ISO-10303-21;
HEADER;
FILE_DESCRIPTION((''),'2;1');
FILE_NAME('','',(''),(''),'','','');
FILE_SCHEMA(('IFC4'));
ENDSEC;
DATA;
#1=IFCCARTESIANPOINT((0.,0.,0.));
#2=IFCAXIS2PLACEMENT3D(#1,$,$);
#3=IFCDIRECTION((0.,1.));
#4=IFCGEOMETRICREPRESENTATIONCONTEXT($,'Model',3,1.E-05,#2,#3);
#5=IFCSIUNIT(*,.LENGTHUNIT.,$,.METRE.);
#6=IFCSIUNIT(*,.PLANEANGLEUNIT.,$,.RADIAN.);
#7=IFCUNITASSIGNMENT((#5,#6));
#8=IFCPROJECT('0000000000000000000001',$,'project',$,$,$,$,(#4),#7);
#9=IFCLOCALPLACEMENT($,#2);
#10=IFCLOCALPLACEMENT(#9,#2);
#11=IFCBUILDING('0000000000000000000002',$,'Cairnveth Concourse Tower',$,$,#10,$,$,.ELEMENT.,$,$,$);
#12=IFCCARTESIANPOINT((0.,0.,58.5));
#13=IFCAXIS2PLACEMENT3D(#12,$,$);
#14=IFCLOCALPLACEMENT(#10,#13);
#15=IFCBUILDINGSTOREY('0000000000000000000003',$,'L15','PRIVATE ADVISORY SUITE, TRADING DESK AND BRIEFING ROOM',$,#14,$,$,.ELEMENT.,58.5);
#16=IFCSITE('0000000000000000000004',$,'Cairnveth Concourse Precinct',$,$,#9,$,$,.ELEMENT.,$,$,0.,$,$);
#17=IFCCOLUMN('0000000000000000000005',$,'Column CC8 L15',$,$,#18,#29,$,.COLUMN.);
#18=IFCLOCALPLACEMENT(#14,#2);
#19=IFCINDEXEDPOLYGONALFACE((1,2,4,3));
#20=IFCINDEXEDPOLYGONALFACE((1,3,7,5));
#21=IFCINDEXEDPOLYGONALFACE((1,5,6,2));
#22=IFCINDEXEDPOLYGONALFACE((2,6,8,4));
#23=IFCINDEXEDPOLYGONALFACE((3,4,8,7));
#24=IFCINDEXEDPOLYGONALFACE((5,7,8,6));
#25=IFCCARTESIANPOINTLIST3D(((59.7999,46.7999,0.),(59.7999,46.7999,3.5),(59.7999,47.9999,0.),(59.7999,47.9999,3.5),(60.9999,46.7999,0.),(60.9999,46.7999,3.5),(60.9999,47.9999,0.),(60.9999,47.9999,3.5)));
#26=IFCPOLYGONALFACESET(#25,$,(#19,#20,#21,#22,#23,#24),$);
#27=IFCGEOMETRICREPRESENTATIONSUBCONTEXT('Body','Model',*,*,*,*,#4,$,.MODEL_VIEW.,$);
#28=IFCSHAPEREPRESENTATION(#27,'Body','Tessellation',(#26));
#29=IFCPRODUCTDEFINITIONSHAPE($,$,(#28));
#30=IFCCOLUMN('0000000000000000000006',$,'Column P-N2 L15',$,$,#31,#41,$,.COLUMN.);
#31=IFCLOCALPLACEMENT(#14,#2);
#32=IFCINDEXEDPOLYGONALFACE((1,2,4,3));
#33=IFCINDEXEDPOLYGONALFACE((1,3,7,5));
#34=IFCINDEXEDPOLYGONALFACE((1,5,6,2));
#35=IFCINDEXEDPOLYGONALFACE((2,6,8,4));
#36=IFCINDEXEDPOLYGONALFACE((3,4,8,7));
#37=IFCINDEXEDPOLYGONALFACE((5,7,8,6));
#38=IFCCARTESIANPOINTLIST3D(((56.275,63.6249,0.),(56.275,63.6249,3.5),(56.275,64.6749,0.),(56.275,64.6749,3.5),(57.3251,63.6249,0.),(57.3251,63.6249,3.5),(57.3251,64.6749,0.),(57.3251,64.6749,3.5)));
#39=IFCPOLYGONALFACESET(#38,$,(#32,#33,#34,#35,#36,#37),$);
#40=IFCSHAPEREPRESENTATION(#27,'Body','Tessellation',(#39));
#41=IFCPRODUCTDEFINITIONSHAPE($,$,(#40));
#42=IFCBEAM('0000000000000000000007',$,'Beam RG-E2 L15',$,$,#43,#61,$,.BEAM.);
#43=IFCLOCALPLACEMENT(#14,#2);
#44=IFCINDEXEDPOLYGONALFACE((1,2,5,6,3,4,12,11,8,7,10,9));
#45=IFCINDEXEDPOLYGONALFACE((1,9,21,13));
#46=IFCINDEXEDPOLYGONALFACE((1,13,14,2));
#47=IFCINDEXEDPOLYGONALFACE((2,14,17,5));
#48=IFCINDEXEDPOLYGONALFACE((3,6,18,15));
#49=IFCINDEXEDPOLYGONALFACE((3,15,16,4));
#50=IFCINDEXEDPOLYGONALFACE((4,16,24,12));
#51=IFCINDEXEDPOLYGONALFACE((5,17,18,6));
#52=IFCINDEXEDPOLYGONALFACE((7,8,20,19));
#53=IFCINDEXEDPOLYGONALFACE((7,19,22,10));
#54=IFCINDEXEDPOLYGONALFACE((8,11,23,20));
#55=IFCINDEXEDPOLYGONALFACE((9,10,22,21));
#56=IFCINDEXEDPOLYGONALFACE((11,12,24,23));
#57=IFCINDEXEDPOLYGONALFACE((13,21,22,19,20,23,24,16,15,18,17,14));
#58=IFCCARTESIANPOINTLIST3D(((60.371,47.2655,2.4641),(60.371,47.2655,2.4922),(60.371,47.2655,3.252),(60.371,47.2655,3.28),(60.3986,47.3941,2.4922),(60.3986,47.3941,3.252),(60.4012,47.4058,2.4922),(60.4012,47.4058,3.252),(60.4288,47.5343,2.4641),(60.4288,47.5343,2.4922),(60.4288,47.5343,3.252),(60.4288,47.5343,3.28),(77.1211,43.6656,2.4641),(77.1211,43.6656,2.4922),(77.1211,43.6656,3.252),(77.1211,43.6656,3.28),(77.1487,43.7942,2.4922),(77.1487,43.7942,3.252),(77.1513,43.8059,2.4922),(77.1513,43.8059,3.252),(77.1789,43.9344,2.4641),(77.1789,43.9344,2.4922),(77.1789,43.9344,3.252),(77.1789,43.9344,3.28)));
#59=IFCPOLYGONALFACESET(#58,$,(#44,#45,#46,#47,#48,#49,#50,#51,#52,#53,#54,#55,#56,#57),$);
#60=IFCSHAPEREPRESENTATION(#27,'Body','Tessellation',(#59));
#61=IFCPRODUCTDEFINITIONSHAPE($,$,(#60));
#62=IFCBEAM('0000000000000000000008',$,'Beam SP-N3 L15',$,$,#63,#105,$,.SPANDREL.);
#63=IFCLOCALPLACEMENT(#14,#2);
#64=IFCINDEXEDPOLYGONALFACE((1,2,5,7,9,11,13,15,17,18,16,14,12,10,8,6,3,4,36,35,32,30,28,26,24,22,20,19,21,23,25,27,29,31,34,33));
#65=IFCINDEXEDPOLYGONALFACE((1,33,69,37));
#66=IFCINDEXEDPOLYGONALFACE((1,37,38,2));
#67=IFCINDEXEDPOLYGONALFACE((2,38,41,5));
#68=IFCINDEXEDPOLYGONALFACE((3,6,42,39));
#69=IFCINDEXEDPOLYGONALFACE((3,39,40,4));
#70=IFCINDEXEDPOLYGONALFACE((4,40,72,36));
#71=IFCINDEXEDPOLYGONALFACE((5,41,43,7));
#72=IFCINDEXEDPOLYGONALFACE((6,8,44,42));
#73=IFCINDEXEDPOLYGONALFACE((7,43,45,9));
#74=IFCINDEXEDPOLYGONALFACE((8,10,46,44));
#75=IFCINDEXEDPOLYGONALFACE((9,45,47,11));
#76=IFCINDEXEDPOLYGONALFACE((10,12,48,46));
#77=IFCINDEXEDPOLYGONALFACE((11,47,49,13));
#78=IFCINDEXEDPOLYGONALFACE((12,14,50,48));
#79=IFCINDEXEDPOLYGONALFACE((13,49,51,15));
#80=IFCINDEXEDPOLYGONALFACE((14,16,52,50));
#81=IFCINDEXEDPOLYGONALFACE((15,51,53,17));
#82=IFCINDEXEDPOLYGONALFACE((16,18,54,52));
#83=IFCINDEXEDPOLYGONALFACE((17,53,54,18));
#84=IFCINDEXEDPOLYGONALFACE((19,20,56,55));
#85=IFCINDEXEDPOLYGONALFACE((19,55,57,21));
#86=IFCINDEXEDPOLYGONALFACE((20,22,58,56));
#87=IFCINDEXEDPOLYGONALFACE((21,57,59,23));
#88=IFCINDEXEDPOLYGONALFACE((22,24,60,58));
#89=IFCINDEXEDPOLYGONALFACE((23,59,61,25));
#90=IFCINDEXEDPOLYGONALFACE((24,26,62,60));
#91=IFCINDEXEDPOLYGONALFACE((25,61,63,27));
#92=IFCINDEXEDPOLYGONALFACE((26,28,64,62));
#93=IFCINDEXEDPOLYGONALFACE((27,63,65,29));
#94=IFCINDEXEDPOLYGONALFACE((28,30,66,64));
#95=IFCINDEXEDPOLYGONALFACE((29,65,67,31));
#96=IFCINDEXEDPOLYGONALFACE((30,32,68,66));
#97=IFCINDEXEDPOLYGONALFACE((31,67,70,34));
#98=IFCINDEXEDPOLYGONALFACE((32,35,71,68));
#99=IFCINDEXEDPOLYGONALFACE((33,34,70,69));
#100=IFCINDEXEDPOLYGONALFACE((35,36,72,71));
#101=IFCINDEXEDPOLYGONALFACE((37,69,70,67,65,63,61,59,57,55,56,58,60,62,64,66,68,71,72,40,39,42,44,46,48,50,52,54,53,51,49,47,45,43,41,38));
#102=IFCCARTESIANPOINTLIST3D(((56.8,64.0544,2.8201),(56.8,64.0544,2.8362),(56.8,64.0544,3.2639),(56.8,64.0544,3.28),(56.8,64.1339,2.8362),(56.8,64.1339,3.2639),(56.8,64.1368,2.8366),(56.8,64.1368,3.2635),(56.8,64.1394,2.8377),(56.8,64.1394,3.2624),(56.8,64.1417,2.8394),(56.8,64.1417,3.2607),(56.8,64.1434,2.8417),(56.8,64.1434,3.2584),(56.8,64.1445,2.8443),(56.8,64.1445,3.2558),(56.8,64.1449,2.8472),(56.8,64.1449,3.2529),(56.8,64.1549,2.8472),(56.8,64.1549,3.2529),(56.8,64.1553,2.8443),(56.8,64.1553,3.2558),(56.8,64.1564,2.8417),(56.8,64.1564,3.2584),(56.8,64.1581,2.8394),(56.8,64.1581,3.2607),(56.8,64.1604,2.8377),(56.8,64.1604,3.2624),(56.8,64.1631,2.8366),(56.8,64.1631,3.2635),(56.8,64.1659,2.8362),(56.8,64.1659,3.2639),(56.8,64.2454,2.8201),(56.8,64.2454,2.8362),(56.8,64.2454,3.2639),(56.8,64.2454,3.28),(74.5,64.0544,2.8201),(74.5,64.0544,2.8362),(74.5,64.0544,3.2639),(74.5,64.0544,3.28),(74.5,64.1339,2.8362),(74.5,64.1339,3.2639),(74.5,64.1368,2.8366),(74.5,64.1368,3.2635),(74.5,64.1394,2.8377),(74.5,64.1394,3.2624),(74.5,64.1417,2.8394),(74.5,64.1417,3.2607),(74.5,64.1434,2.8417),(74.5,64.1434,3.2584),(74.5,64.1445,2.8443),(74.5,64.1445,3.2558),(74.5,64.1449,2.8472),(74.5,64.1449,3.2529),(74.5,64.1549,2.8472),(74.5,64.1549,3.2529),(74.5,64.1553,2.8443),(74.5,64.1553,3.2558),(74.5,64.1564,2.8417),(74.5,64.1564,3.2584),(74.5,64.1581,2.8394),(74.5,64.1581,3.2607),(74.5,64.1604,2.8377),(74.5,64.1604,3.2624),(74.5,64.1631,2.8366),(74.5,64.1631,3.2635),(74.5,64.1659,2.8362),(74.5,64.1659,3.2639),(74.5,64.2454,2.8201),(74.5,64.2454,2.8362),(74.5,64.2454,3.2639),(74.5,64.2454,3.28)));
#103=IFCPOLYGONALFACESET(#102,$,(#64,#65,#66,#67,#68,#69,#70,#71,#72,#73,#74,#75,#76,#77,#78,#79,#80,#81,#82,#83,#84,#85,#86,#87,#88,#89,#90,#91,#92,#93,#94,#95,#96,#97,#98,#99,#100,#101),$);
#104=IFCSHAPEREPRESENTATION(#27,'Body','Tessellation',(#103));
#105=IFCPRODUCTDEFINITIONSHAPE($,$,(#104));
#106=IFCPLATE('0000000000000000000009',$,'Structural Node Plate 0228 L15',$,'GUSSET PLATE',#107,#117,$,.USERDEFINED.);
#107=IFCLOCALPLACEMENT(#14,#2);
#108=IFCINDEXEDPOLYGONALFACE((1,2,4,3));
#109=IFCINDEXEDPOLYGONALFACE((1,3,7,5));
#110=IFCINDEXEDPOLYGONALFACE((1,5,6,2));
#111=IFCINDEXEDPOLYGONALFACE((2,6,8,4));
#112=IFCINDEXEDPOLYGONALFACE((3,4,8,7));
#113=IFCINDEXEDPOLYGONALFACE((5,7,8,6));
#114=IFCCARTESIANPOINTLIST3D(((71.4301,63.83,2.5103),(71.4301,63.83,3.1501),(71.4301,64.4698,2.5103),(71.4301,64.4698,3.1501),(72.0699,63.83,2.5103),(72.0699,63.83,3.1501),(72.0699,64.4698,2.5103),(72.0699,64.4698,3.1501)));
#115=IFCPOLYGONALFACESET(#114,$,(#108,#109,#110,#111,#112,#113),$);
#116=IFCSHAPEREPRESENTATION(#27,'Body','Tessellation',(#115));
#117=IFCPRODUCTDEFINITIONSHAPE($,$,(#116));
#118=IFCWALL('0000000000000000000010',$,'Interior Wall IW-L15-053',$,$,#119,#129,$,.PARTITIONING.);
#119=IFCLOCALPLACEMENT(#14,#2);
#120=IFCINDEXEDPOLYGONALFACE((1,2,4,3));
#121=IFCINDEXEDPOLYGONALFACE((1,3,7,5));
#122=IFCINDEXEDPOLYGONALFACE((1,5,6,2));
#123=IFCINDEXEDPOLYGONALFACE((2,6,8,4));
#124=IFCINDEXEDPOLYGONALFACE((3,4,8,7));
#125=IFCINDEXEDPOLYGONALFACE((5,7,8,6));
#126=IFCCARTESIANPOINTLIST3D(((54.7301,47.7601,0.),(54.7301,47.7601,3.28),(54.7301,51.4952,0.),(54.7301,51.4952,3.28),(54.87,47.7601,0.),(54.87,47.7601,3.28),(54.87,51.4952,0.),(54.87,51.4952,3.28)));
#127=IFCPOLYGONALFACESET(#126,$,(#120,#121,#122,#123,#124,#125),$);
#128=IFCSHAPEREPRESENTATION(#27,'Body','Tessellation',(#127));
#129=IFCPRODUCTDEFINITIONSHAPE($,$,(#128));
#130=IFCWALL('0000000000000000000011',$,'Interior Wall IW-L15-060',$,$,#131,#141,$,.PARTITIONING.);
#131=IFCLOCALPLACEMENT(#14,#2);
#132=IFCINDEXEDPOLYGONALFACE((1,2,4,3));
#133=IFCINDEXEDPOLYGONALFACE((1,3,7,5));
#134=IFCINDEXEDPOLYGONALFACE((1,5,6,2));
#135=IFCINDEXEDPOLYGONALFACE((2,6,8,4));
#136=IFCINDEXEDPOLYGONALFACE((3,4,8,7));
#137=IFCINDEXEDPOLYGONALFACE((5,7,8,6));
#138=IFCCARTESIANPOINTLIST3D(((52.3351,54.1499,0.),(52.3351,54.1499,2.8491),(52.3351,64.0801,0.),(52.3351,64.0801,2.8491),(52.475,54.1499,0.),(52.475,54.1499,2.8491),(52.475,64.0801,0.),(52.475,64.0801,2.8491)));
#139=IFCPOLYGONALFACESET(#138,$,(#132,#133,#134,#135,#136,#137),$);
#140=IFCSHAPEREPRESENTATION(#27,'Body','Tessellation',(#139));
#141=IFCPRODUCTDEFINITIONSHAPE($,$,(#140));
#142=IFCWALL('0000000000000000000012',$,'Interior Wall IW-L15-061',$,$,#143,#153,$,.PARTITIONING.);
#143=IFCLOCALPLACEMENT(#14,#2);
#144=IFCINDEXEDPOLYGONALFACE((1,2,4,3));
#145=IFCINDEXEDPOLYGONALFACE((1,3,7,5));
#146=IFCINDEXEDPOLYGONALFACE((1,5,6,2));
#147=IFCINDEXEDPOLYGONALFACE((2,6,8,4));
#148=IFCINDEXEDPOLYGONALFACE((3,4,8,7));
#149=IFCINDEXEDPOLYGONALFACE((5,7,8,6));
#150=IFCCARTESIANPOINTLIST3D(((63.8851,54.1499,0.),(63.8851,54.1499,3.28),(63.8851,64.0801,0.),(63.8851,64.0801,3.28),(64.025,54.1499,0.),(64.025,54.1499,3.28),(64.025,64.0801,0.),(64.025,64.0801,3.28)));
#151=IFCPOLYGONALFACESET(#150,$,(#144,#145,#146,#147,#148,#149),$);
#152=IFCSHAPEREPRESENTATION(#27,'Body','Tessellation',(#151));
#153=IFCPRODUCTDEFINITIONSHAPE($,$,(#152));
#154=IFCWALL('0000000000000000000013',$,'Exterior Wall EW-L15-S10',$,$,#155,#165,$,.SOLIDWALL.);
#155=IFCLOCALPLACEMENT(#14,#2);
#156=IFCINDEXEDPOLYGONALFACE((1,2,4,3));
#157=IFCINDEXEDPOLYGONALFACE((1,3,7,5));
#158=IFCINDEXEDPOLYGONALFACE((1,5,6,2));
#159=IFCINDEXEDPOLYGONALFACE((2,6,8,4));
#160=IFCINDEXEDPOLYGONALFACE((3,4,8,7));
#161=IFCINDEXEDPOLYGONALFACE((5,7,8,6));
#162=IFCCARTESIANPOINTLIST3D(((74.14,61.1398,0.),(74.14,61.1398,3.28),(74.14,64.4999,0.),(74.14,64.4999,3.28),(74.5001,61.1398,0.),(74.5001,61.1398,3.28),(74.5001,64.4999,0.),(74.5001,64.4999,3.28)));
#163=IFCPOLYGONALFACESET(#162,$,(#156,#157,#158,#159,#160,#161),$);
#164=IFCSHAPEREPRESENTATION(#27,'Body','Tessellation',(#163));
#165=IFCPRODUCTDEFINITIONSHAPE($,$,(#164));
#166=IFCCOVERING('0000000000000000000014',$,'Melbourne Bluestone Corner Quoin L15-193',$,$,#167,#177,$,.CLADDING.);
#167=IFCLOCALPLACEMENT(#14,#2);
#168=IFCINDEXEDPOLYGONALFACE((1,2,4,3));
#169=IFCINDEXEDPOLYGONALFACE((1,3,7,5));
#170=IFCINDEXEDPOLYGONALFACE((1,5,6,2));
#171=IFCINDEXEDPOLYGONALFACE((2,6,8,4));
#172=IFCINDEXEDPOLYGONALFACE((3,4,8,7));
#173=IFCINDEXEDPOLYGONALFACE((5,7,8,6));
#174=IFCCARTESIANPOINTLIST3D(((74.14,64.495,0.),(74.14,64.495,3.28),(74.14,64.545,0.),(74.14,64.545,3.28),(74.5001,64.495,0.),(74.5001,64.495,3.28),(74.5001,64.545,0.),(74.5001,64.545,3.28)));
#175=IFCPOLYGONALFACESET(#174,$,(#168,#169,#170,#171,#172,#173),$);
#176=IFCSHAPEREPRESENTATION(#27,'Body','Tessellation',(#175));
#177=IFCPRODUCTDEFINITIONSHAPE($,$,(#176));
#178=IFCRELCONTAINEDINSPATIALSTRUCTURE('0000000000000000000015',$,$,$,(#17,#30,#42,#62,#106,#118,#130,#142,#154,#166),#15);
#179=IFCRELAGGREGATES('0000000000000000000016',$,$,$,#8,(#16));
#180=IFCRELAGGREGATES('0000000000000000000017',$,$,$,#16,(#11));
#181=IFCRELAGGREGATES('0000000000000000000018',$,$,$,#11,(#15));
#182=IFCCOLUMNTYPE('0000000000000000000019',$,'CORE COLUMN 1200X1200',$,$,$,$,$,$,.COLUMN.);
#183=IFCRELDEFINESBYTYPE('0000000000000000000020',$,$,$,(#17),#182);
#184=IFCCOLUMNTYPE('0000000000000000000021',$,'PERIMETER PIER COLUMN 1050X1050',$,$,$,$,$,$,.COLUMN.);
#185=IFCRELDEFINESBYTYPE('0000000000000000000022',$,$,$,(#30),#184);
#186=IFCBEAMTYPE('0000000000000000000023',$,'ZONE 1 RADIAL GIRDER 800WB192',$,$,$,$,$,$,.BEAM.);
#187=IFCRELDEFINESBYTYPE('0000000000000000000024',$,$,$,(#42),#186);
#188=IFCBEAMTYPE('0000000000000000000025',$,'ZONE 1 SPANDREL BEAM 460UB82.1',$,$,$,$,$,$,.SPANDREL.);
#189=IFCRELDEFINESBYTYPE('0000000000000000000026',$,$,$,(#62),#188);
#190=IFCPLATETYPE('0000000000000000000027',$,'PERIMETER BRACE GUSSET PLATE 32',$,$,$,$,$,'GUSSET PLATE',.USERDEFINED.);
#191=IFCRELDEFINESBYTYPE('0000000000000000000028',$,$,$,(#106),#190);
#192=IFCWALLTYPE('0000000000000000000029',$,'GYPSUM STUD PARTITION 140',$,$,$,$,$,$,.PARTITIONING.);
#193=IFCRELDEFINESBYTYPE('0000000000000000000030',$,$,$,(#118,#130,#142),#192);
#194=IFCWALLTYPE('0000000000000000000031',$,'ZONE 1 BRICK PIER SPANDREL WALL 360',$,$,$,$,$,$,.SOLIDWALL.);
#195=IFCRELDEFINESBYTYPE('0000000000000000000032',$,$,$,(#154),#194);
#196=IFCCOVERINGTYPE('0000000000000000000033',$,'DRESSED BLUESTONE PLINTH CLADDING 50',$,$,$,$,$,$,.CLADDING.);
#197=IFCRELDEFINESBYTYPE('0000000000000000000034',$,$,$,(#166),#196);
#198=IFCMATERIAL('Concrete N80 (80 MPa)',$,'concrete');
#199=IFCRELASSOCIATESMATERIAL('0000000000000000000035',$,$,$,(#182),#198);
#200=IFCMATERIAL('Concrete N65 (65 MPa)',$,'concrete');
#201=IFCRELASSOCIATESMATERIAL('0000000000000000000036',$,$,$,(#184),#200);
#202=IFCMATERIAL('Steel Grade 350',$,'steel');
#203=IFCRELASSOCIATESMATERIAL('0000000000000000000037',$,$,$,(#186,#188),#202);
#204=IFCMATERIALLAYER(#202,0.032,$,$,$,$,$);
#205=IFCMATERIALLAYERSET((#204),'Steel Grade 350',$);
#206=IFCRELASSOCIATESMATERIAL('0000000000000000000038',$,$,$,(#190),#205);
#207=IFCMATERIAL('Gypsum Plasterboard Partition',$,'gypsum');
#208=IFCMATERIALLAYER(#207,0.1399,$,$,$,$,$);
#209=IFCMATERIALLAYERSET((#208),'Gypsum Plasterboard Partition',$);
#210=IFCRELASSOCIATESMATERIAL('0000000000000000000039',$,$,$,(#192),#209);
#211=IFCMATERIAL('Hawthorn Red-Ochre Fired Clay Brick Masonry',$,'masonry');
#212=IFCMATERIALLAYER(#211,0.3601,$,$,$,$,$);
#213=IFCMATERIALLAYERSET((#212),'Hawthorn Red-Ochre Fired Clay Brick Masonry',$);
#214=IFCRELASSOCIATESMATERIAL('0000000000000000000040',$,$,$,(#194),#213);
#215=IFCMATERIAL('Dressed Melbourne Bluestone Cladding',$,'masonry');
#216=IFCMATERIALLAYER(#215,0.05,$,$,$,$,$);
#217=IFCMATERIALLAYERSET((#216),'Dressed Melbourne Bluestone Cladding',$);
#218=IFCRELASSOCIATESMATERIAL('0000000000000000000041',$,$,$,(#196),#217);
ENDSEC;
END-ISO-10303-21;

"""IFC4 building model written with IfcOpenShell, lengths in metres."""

from ifc_helpers import new_model, si_unit, direction, frame, frame_2d, origin, origin_2d, place, context, subcontext, project, spatial, rectangle, i_section, extrude, material, layer, layer_set, material_profile, profile_set, type_object, element, save


model = new_model("IFC4")

# Units and contexts
model_context = context("Model", 3, precision=1e-05, world=origin(), true_north=direction((0.0, 1.0)))
body_context = subcontext(model_context, "Body", "Model", "MODEL_VIEW")
ifc_project = project(units=[si_unit("LENGTHUNIT", "METRE"), si_unit("PLANEANGLEUNIT", "RADIAN")], contexts=[model_context])

# Site, building, storey
site_placement = place(None, origin())
site = spatial("IfcSite", under=ifc_project, at=site_placement, Name="Cairnveth Concourse Precinct", CompositionType="ELEMENT", RefElevation=0.0)
building_placement = place(site_placement, origin())
building = spatial("IfcBuilding", under=site, at=building_placement, Name="Cairnveth Concourse Tower", CompositionType="ELEMENT")
storey_placement = place(building_placement, frame((0.0, 0.0, 58.5)))
storey = spatial("IfcBuildingStorey", under=building, at=storey_placement, Name="L15", Description="PRIVATE ADVISORY SUITE, TRADING DESK AND BRIEFING ROOM", CompositionType="ELEMENT", Elevation=58.5)

# Columns
ifc_material_1 = material(Name="Concrete N80 (80 MPa)", Category="concrete")
ifc_material_profile_1 = material_profile(ifc_material_1, rectangle(XDim=1.2, YDim=1.2, at=origin_2d()), Name="RC-COL-1200x1200")
ifc_profile_set_1 = profile_set([ifc_material_profile_1], Name="Concrete N80 (80 MPa)")
column_type_1 = type_object("IfcColumnType", Name="CORE COLUMN 1200X1200", PredefinedType="COLUMN", material=ifc_profile_set_1)
column_1_placement = place(storey_placement, frame((60.3999, 47.3999, 0.0), z_axis=(0.0, 0.0, 1.0), x_axis=(1.0, 0.0, 0.0)))
element("IfcColumn", 1, at=column_1_placement, inside=storey, type_object=column_type_1, Name="Column CC8 L15", PredefinedType="COLUMN", context=body_context, shape_type="SweptSolid", body=[
    extrude(rectangle(XDim=1.2, YDim=1.2, at=origin_2d()), origin(), (0.0, 0.0, 1.0), 3.5),
])
ifc_material_2 = material(Name="Concrete N65 (65 MPa)", Category="concrete")
ifc_material_profile_2 = material_profile(ifc_material_2, rectangle(XDim=1.05, YDim=1.05, at=origin_2d()), Name="RC-COL-1050x1050")
ifc_profile_set_2 = profile_set([ifc_material_profile_2], Name="Concrete N65 (65 MPa)")
column_type_2 = type_object("IfcColumnType", Name="PERIMETER PIER COLUMN 1050X1050", PredefinedType="COLUMN", material=ifc_profile_set_2)
column_2_placement = place(storey_placement, frame((56.8, 64.1499, 0.0), z_axis=(0.0, 0.0, 1.0), x_axis=(1.0, 0.0, 0.0)))
element("IfcColumn", 2, at=column_2_placement, inside=storey, type_object=column_type_2, Name="Column P-N2 L15", PredefinedType="COLUMN", context=body_context, shape_type="SweptSolid", body=[
    extrude(rectangle(XDim=1.05, YDim=1.05, at=origin_2d()), origin(), (0.0, 0.0, 1.0), 3.5),
])

# Beams
ifc_material_3 = material(Name="Steel Grade 350", Category="steel")
ifc_material_profile_3 = material_profile(ifc_material_3, i_section(OverallWidth=0.2749, OverallDepth=0.8159, WebThickness=0.012, FlangeThickness=0.0281, at=origin_2d()), Name="800WB192")
ifc_profile_set_3 = profile_set([ifc_material_profile_3], Name="Steel Grade 350")
beam_type_1 = type_object("IfcBeamType", Name="ZONE 1 RADIAL GIRDER 800WB192", PredefinedType="BEAM", material=ifc_profile_set_3)
beam_1_placement = place(storey_placement, frame((60.3999, 47.3999, 2.8721), z_axis=(0.977676, -0.210119, 0.0), x_axis=(0.210119, 0.977676, 0.0)))
element("IfcBeam", 3, at=beam_1_placement, inside=storey, type_object=beam_type_1, Name="Beam RG-E2 L15", PredefinedType="BEAM", context=body_context, shape_type="SweptSolid", body=[
    extrude(i_section(OverallWidth=0.2749, OverallDepth=0.8159, WebThickness=0.012, FlangeThickness=0.0281, at=origin_2d()), origin(), (0.0, 0.0, 1.0), 17.1326),
])
ifc_material_profile_4 = material_profile(ifc_material_3, i_section(OverallWidth=0.1909, OverallDepth=0.46, WebThickness=0.01, FlangeThickness=0.0161, FilletRadius=0.011, at=origin_2d()), Name="460UB82.1")
ifc_profile_set_4 = profile_set([ifc_material_profile_4], Name="Steel Grade 350")
beam_type_2 = type_object("IfcBeamType", Name="ZONE 1 SPANDREL BEAM 460UB82.1", PredefinedType="SPANDREL", material=ifc_profile_set_4)
beam_2_placement = place(storey_placement, frame((56.8, 64.1499, 3.05), z_axis=(1.0, 0.0, 0.0), x_axis=(0.0, 1.0, 0.0)))
element("IfcBeam", 4, at=beam_2_placement, inside=storey, type_object=beam_type_2, Name="Beam SP-N3 L15", PredefinedType="SPANDREL", context=body_context, shape_type="SweptSolid", body=[
    extrude(i_section(OverallWidth=0.1909, OverallDepth=0.46, WebThickness=0.01, FlangeThickness=0.0161, FilletRadius=0.011, at=origin_2d()), origin(), (0.0, 0.0, 1.0), 17.7),
])

# Plate
ifc_layer_1 = layer(ifc_material_3, 0.032)
ifc_layer_set_1 = layer_set([ifc_layer_1], Name="Steel Grade 350")
plate_type = type_object("IfcPlateType", Name="PERIMETER BRACE GUSSET PLATE 32", ElementType="GUSSET PLATE", PredefinedType="USERDEFINED", material=ifc_layer_set_1)
plate_placement = place(storey_placement, frame((71.75, 64.1499, 2.5103), z_axis=(0.0, 0.0, 1.0), x_axis=(1.0, 0.0, 0.0)))
element("IfcPlate", 5, at=plate_placement, inside=storey, type_object=plate_type, Name="Structural Node Plate 0228 L15", ObjectType="GUSSET PLATE", PredefinedType="USERDEFINED", context=body_context, shape_type="SweptSolid", body=[
    extrude(rectangle(XDim=0.6399, YDim=0.6399, at=origin_2d()), origin(), (0.0, 0.0, 1.0), 0.6399),
])

# Walls
ifc_material_4 = material(Name="Gypsum Plasterboard Partition", Category="gypsum")
ifc_layer_2 = layer(ifc_material_4, 0.1399)
ifc_layer_set_2 = layer_set([ifc_layer_2], Name="Gypsum Plasterboard Partition")
wall_type_1 = type_object("IfcWallType", Name="GYPSUM STUD PARTITION 140", PredefinedType="PARTITIONING", material=ifc_layer_set_2)
wall_1_placement = place(storey_placement, frame((54.8, 47.76, 0.0), z_axis=(0.0, 0.0, 1.0), x_axis=(0.0, 1.0, 0.0)))
element("IfcWall", 6, at=wall_1_placement, inside=storey, type_object=wall_type_1, Name="Interior Wall IW-L15-053", PredefinedType="PARTITIONING", context=body_context, shape_type="SweptSolid", body=[
    extrude(rectangle(XDim=3.7351, YDim=0.1399, at=frame_2d((1.8677, 0.0))), origin(), (0.0, 0.0, 1.0), 3.28),
])
wall_2_placement = place(storey_placement, frame((52.405, 54.1499, 0.0), z_axis=(0.0, 0.0, 1.0), x_axis=(0.0, 1.0, 0.0)))
element("IfcWall", 7, at=wall_2_placement, inside=storey, type_object=wall_type_1, Name="Interior Wall IW-L15-060", PredefinedType="PARTITIONING", context=body_context, shape_type="SweptSolid", body=[
    extrude(rectangle(XDim=9.9302, YDim=0.1399, at=frame_2d((4.9651, 0.0))), origin(), (0.0, 0.0, 1.0), 2.8491),
])
wall_3_placement = place(storey_placement, frame((63.9551, 54.1499, 0.0), z_axis=(0.0, 0.0, 1.0), x_axis=(0.0, 1.0, 0.0)))
element("IfcWall", 8, at=wall_3_placement, inside=storey, type_object=wall_type_1, Name="Interior Wall IW-L15-061", PredefinedType="PARTITIONING", context=body_context, shape_type="SweptSolid", body=[
    extrude(rectangle(XDim=9.9302, YDim=0.1399, at=frame_2d((4.9651, 0.0))), origin(), (0.0, 0.0, 1.0), 3.28),
])
ifc_material_5 = material(Name="Hawthorn Red-Ochre Fired Clay Brick Masonry", Category="masonry")
ifc_layer_3 = layer(ifc_material_5, 0.3601)
ifc_layer_set_3 = layer_set([ifc_layer_3], Name="Hawthorn Red-Ochre Fired Clay Brick Masonry")
wall_type_2 = type_object("IfcWallType", Name="ZONE 1 BRICK PIER SPANDREL WALL 360", PredefinedType="SOLIDWALL", material=ifc_layer_set_3)
wall_4_placement = place(storey_placement, frame((74.3201, 64.5, 0.0), z_axis=(0.0, 0.0, 1.0), x_axis=(0.0, -1.0, 0.0)))
element("IfcWall", 9, at=wall_4_placement, inside=storey, type_object=wall_type_2, Name="Exterior Wall EW-L15-S10", PredefinedType="SOLIDWALL", context=body_context, shape_type="SweptSolid", body=[
    extrude(rectangle(XDim=3.3601, YDim=0.3601, at=frame_2d((1.6802, 0.0))), origin(), (0.0, 0.0, 1.0), 3.28),
])

# Covering
ifc_material_6 = material(Name="Dressed Melbourne Bluestone Cladding", Category="masonry")
ifc_layer_4 = layer(ifc_material_6, 0.05)
ifc_layer_set_4 = layer_set([ifc_layer_4], Name="Dressed Melbourne Bluestone Cladding")
covering_type = type_object("IfcCoveringType", Name="DRESSED BLUESTONE PLINTH CLADDING 50", PredefinedType="CLADDING", material=ifc_layer_set_4)
for number, where, z_axis, x_axis, name in (
    (10, (74.1399, 64.52, 0.0), (0.0, 0.0, 1.0), (1.0, 0.0, 0.0), "Melbourne Bluestone Corner Quoin L15-193"),
):
    element("IfcCovering", number, at=place(storey_placement, frame(where, z_axis=z_axis, x_axis=x_axis)), inside=storey, type_object=covering_type, Name=name, PredefinedType="CLADDING", context=body_context, shape_type="SweptSolid", body=[
        extrude(rectangle(XDim=0.3601, YDim=0.05, at=frame_2d((0.1802, 0.0))), origin(), (0.0, 0.0, 1.0), 3.28),
    ])

save(model, "model.ifc")
